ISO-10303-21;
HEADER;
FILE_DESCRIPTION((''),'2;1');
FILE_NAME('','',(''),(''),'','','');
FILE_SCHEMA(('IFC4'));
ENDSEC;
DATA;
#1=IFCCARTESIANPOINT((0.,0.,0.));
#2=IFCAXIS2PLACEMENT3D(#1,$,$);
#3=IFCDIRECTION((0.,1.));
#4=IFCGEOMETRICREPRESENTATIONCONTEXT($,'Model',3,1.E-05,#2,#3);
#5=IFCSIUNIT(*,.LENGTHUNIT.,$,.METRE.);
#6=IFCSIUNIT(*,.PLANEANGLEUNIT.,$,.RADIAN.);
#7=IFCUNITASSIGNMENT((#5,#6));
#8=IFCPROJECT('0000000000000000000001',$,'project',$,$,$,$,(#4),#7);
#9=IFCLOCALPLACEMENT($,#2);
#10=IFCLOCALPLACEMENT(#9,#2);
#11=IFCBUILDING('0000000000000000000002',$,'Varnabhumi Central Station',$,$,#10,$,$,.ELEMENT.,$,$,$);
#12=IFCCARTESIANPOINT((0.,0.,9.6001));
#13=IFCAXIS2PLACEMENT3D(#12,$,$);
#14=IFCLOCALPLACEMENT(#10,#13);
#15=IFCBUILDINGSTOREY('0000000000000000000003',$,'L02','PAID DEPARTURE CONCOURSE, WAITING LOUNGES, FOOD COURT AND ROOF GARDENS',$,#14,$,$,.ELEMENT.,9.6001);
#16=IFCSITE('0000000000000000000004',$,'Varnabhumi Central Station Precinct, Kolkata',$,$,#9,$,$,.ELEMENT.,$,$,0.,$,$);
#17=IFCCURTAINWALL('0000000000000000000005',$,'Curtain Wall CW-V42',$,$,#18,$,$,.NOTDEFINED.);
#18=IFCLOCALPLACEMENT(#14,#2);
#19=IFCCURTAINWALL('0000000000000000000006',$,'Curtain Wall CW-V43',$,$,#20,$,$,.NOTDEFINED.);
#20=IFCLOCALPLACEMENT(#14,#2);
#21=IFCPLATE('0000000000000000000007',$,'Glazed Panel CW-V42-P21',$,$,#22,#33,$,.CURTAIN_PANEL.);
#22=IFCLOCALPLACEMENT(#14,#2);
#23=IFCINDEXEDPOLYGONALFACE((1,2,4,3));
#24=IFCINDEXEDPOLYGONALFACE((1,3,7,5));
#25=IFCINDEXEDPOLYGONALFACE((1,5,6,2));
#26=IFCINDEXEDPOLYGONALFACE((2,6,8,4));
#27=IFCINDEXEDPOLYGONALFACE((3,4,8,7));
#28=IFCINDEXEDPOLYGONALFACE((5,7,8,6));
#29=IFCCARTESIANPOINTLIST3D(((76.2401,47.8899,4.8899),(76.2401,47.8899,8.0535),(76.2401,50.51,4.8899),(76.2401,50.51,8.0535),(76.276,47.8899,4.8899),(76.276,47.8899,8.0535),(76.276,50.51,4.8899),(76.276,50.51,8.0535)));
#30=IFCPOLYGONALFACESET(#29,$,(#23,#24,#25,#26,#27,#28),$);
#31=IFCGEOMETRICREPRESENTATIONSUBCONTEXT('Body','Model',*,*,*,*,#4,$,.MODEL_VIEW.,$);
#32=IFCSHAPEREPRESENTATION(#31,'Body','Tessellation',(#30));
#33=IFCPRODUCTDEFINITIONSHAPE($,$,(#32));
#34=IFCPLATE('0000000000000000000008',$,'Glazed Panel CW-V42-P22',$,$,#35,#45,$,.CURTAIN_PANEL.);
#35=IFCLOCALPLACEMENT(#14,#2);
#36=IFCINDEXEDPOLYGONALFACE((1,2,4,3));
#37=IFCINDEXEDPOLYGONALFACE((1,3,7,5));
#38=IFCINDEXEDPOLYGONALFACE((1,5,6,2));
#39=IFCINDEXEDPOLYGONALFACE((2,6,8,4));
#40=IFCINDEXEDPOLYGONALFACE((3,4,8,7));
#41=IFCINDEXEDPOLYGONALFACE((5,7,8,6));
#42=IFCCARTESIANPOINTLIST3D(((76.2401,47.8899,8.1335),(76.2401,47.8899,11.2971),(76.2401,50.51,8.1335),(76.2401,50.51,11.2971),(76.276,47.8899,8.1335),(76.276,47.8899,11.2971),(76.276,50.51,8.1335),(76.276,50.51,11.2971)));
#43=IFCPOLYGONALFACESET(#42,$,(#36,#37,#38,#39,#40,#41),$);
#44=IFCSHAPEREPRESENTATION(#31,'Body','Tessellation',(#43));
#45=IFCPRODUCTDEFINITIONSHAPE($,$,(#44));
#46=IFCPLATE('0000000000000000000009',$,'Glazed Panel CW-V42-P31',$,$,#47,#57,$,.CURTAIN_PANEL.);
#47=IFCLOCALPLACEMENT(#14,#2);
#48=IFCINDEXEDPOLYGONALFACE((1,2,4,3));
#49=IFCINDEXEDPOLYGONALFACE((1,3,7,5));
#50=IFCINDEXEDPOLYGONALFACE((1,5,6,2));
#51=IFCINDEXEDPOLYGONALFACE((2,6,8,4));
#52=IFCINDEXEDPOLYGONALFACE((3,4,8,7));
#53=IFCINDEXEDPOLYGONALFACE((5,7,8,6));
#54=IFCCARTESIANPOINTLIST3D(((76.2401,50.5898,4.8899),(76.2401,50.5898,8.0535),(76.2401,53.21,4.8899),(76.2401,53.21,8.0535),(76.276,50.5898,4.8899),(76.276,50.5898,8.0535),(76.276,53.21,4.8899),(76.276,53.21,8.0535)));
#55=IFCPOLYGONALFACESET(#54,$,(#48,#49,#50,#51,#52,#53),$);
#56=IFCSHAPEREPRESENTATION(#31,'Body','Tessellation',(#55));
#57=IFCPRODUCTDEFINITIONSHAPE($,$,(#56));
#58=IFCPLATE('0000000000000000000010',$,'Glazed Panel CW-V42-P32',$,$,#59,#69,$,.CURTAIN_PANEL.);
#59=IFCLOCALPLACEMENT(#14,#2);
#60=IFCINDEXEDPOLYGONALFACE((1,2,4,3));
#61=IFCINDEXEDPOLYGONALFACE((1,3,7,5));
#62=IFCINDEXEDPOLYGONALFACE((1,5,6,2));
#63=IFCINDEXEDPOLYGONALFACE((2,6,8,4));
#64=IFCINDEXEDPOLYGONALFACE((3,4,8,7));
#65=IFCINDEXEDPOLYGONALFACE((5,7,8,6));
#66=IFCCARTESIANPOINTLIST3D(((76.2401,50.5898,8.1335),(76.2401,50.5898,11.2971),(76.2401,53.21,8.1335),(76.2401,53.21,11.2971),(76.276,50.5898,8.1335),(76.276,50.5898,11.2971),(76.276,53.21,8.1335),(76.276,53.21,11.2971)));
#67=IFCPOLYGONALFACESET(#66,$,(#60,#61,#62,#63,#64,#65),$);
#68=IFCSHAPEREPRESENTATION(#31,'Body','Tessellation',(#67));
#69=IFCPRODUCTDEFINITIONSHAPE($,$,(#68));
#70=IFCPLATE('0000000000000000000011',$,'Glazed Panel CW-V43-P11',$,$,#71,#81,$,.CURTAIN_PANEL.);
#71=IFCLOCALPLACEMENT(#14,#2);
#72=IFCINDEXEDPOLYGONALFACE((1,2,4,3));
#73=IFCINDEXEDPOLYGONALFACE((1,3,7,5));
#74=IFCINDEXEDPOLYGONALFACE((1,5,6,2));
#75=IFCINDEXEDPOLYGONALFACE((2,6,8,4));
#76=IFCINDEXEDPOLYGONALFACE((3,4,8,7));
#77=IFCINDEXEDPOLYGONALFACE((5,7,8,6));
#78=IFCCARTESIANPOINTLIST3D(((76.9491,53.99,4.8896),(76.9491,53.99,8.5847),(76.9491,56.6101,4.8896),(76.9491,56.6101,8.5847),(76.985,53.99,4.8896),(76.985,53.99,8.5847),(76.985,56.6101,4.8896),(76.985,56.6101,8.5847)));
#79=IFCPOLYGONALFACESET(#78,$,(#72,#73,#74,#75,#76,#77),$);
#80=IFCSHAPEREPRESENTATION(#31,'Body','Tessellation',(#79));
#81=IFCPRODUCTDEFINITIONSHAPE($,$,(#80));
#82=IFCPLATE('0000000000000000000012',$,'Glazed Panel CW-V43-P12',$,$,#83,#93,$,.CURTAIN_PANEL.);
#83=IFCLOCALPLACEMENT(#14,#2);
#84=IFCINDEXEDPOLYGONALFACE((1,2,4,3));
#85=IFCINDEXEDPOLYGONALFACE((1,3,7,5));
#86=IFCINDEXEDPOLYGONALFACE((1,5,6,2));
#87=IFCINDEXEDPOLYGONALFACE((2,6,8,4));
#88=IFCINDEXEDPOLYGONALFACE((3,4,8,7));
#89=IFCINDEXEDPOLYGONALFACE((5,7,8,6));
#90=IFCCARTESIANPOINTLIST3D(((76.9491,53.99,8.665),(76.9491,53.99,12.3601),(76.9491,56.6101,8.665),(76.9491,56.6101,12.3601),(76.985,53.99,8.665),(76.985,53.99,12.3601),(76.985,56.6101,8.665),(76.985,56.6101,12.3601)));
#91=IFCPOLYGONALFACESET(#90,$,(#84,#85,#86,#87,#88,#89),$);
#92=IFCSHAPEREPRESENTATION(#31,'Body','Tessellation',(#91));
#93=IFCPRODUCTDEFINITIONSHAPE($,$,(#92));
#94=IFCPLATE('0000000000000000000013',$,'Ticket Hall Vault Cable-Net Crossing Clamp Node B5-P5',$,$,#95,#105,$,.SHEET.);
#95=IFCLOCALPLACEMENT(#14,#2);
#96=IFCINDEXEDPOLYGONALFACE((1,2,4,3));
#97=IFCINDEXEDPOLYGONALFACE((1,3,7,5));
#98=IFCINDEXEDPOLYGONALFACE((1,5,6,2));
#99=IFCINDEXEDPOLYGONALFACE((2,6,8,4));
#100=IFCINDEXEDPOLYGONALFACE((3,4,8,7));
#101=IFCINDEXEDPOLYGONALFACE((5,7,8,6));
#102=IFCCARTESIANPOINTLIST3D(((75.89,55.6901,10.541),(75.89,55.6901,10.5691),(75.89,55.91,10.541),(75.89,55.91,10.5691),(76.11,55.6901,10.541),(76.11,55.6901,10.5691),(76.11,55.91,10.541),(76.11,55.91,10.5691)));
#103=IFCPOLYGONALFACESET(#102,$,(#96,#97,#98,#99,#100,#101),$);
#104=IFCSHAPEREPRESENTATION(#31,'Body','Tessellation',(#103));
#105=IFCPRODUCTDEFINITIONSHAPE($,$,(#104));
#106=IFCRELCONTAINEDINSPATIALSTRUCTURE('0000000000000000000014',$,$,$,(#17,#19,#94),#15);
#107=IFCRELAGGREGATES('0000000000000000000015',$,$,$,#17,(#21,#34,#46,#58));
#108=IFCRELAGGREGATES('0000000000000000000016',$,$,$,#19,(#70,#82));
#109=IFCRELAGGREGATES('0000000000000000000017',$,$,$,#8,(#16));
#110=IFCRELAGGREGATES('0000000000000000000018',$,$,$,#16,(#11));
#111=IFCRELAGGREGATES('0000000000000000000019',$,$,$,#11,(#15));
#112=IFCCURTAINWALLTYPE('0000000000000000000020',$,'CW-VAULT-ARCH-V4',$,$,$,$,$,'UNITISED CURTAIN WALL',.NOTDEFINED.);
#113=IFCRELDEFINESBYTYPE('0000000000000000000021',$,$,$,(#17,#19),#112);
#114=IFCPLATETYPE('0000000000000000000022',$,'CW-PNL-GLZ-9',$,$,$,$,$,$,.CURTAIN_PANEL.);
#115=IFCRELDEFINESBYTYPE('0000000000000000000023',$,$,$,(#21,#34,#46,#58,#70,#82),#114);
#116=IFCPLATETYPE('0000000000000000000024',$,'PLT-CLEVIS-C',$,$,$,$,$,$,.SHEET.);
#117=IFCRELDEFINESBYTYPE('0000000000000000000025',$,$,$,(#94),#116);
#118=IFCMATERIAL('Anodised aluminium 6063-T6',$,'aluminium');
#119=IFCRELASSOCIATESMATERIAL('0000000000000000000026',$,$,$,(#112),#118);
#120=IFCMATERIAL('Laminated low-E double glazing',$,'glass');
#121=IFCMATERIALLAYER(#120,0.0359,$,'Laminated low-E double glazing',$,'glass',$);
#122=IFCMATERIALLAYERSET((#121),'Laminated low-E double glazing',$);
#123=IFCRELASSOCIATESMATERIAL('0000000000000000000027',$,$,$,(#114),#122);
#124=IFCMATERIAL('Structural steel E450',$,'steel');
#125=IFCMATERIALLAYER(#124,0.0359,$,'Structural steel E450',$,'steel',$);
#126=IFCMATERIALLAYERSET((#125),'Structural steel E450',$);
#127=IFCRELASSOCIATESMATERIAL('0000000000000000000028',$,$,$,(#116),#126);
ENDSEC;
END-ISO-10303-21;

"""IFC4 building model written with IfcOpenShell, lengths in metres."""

from ifc_helpers import new_model, si_unit, direction, frame, origin, origin_2d, place, context, subcontext, project, spatial, rectangle, extrude, material, layer, layer_set, type_object, element, aggregate, save


model = new_model("IFC4")

# Units and contexts
model_context = context("Model", 3, precision=1e-05, world=origin(), true_north=direction((0.0, 1.0)))
body_context = subcontext(model_context, "Body", "Model", "MODEL_VIEW")
ifc_project = project(units=[si_unit("LENGTHUNIT", "METRE"), si_unit("PLANEANGLEUNIT", "RADIAN")], contexts=[model_context])

# Site, building, storey
site_placement = place(None, origin())
site = spatial("IfcSite", under=ifc_project, at=site_placement, Name="Varnabhumi Central Station Precinct, Kolkata", CompositionType="ELEMENT", RefElevation=0.0)
building_placement = place(site_placement, origin())
building = spatial("IfcBuilding", under=site, at=building_placement, Name="Varnabhumi Central Station", CompositionType="ELEMENT")
storey_placement = place(building_placement, frame((0.0, 0.0, 9.6001)))
storey = spatial("IfcBuildingStorey", under=building, at=storey_placement, Name="L02", Description="PAID DEPARTURE CONCOURSE, WAITING LOUNGES, FOOD COURT AND ROOF GARDENS", CompositionType="ELEMENT", Elevation=9.6001)

# Curtain walls
ifc_material_1 = material(Name="Anodised aluminium 6063-T6", Category="aluminium")
curtain_wall_type = type_object("IfcCurtainWallType", Name="CW-VAULT-ARCH-V4", ElementType="UNITISED CURTAIN WALL", PredefinedType="NOTDEFINED", material=ifc_material_1)
curtain_wall_1_placement = place(storey_placement, origin())
curtain_wall_1 = element("IfcCurtainWall", 1, at=curtain_wall_1_placement, inside=storey, type_object=curtain_wall_type, Name="Curtain Wall CW-V42", PredefinedType="NOTDEFINED")
curtain_wall_2_placement = place(storey_placement, origin())
curtain_wall_2 = element("IfcCurtainWall", 2, at=curtain_wall_2_placement, inside=storey, type_object=curtain_wall_type, Name="Curtain Wall CW-V43", PredefinedType="NOTDEFINED")

# Plates
ifc_material_2 = material(Name="Laminated low-E double glazing", Category="glass")
ifc_layer_1 = layer(ifc_material_2, 0.0359, Name="Laminated low-E double glazing", Category="glass")
ifc_layer_set_1 = layer_set([ifc_layer_1], Name="Laminated low-E double glazing")
plate_type_1 = type_object("IfcPlateType", Name="CW-PNL-GLZ-9", PredefinedType="CURTAIN_PANEL", material=ifc_layer_set_1)
plate_1_placement = place(storey_placement, frame((76.2581, 49.2, 4.8899), z_axis=(0.0, 0.0, 1.0), x_axis=(0.0, 1.0, 0.0)))
plate_1 = element("IfcPlate", 3, at=plate_1_placement, type_object=plate_type_1, Name="Glazed Panel CW-V42-P21", PredefinedType="CURTAIN_PANEL", context=body_context, shape_type="SweptSolid", body=[
    extrude(rectangle(XDim=2.6201, YDim=0.0359, at=origin_2d()), origin(), (0.0, 0.0, 1.0), 3.1636),
])
plate_2_placement = place(storey_placement, frame((76.2581, 49.2, 8.1335), z_axis=(0.0, 0.0, 1.0), x_axis=(0.0, 1.0, 0.0)))
plate_2 = element("IfcPlate", 4, at=plate_2_placement, type_object=plate_type_1, Name="Glazed Panel CW-V42-P22", PredefinedType="CURTAIN_PANEL", context=body_context, shape_type="SweptSolid", body=[
    extrude(rectangle(XDim=2.6201, YDim=0.0359, at=origin_2d()), origin(), (0.0, 0.0, 1.0), 3.1636),
])
plate_3_placement = place(storey_placement, frame((76.2581, 51.8999, 4.8899), z_axis=(0.0, 0.0, 1.0), x_axis=(0.0, 1.0, 0.0)))
plate_3 = element("IfcPlate", 5, at=plate_3_placement, type_object=plate_type_1, Name="Glazed Panel CW-V42-P31", PredefinedType="CURTAIN_PANEL", context=body_context, shape_type="SweptSolid", body=[
    extrude(rectangle(XDim=2.6201, YDim=0.0359, at=origin_2d()), origin(), (0.0, 0.0, 1.0), 3.1636),
])
plate_4_placement = place(storey_placement, frame((76.2581, 51.8999, 8.1335), z_axis=(0.0, 0.0, 1.0), x_axis=(0.0, 1.0, 0.0)))
plate_4 = element("IfcPlate", 6, at=plate_4_placement, type_object=plate_type_1, Name="Glazed Panel CW-V42-P32", PredefinedType="CURTAIN_PANEL", context=body_context, shape_type="SweptSolid", body=[
    extrude(rectangle(XDim=2.6201, YDim=0.0359, at=origin_2d()), origin(), (0.0, 0.0, 1.0), 3.1636),
])
aggregate(curtain_wall_1, [plate_1, plate_2, plate_3, plate_4])
plate_5_placement = place(storey_placement, frame((76.967, 55.3, 4.8896), z_axis=(0.0, 0.0, 1.0), x_axis=(0.0, 1.0, 0.0)))
plate_5 = element("IfcPlate", 7, at=plate_5_placement, type_object=plate_type_1, Name="Glazed Panel CW-V43-P11", PredefinedType="CURTAIN_PANEL", context=body_context, shape_type="SweptSolid", body=[
    extrude(rectangle(XDim=2.6201, YDim=0.0359, at=origin_2d()), origin(), (0.0, 0.0, 1.0), 3.6951),
])
plate_6_placement = place(storey_placement, frame((76.967, 55.3, 8.665), z_axis=(0.0, 0.0, 1.0), x_axis=(0.0, 1.0, 0.0)))
plate_6 = element("IfcPlate", 8, at=plate_6_placement, type_object=plate_type_1, Name="Glazed Panel CW-V43-P12", PredefinedType="CURTAIN_PANEL", context=body_context, shape_type="SweptSolid", body=[
    extrude(rectangle(XDim=2.6201, YDim=0.0359, at=origin_2d()), origin(), (0.0, 0.0, 1.0), 3.6951),
])
aggregate(curtain_wall_2, [plate_5, plate_6])
ifc_material_3 = material(Name="Structural steel E450", Category="steel")
ifc_layer_2 = layer(ifc_material_3, 0.0359, Name="Structural steel E450", Category="steel")
ifc_layer_set_2 = layer_set([ifc_layer_2], Name="Structural steel E450")
plate_type_2 = type_object("IfcPlateType", Name="PLT-CLEVIS-C", PredefinedType="SHEET", material=ifc_layer_set_2)
plate_7_placement = place(storey_placement, frame((76.0, 55.8, 10.541), z_axis=(0.0, 0.0, 1.0), x_axis=(1.0, 0.0, 0.0)))
element("IfcPlate", 9, at=plate_7_placement, inside=storey, type_object=plate_type_2, Name="Ticket Hall Vault Cable-Net Crossing Clamp Node B5-P5", PredefinedType="SHEET", context=body_context, shape_type="SweptSolid", body=[
    extrude(rectangle(XDim=0.22, YDim=0.22, at=origin_2d()), origin(), (0.0, 0.0, 1.0), 0.0281),
])

save(model, "model.ifc")
